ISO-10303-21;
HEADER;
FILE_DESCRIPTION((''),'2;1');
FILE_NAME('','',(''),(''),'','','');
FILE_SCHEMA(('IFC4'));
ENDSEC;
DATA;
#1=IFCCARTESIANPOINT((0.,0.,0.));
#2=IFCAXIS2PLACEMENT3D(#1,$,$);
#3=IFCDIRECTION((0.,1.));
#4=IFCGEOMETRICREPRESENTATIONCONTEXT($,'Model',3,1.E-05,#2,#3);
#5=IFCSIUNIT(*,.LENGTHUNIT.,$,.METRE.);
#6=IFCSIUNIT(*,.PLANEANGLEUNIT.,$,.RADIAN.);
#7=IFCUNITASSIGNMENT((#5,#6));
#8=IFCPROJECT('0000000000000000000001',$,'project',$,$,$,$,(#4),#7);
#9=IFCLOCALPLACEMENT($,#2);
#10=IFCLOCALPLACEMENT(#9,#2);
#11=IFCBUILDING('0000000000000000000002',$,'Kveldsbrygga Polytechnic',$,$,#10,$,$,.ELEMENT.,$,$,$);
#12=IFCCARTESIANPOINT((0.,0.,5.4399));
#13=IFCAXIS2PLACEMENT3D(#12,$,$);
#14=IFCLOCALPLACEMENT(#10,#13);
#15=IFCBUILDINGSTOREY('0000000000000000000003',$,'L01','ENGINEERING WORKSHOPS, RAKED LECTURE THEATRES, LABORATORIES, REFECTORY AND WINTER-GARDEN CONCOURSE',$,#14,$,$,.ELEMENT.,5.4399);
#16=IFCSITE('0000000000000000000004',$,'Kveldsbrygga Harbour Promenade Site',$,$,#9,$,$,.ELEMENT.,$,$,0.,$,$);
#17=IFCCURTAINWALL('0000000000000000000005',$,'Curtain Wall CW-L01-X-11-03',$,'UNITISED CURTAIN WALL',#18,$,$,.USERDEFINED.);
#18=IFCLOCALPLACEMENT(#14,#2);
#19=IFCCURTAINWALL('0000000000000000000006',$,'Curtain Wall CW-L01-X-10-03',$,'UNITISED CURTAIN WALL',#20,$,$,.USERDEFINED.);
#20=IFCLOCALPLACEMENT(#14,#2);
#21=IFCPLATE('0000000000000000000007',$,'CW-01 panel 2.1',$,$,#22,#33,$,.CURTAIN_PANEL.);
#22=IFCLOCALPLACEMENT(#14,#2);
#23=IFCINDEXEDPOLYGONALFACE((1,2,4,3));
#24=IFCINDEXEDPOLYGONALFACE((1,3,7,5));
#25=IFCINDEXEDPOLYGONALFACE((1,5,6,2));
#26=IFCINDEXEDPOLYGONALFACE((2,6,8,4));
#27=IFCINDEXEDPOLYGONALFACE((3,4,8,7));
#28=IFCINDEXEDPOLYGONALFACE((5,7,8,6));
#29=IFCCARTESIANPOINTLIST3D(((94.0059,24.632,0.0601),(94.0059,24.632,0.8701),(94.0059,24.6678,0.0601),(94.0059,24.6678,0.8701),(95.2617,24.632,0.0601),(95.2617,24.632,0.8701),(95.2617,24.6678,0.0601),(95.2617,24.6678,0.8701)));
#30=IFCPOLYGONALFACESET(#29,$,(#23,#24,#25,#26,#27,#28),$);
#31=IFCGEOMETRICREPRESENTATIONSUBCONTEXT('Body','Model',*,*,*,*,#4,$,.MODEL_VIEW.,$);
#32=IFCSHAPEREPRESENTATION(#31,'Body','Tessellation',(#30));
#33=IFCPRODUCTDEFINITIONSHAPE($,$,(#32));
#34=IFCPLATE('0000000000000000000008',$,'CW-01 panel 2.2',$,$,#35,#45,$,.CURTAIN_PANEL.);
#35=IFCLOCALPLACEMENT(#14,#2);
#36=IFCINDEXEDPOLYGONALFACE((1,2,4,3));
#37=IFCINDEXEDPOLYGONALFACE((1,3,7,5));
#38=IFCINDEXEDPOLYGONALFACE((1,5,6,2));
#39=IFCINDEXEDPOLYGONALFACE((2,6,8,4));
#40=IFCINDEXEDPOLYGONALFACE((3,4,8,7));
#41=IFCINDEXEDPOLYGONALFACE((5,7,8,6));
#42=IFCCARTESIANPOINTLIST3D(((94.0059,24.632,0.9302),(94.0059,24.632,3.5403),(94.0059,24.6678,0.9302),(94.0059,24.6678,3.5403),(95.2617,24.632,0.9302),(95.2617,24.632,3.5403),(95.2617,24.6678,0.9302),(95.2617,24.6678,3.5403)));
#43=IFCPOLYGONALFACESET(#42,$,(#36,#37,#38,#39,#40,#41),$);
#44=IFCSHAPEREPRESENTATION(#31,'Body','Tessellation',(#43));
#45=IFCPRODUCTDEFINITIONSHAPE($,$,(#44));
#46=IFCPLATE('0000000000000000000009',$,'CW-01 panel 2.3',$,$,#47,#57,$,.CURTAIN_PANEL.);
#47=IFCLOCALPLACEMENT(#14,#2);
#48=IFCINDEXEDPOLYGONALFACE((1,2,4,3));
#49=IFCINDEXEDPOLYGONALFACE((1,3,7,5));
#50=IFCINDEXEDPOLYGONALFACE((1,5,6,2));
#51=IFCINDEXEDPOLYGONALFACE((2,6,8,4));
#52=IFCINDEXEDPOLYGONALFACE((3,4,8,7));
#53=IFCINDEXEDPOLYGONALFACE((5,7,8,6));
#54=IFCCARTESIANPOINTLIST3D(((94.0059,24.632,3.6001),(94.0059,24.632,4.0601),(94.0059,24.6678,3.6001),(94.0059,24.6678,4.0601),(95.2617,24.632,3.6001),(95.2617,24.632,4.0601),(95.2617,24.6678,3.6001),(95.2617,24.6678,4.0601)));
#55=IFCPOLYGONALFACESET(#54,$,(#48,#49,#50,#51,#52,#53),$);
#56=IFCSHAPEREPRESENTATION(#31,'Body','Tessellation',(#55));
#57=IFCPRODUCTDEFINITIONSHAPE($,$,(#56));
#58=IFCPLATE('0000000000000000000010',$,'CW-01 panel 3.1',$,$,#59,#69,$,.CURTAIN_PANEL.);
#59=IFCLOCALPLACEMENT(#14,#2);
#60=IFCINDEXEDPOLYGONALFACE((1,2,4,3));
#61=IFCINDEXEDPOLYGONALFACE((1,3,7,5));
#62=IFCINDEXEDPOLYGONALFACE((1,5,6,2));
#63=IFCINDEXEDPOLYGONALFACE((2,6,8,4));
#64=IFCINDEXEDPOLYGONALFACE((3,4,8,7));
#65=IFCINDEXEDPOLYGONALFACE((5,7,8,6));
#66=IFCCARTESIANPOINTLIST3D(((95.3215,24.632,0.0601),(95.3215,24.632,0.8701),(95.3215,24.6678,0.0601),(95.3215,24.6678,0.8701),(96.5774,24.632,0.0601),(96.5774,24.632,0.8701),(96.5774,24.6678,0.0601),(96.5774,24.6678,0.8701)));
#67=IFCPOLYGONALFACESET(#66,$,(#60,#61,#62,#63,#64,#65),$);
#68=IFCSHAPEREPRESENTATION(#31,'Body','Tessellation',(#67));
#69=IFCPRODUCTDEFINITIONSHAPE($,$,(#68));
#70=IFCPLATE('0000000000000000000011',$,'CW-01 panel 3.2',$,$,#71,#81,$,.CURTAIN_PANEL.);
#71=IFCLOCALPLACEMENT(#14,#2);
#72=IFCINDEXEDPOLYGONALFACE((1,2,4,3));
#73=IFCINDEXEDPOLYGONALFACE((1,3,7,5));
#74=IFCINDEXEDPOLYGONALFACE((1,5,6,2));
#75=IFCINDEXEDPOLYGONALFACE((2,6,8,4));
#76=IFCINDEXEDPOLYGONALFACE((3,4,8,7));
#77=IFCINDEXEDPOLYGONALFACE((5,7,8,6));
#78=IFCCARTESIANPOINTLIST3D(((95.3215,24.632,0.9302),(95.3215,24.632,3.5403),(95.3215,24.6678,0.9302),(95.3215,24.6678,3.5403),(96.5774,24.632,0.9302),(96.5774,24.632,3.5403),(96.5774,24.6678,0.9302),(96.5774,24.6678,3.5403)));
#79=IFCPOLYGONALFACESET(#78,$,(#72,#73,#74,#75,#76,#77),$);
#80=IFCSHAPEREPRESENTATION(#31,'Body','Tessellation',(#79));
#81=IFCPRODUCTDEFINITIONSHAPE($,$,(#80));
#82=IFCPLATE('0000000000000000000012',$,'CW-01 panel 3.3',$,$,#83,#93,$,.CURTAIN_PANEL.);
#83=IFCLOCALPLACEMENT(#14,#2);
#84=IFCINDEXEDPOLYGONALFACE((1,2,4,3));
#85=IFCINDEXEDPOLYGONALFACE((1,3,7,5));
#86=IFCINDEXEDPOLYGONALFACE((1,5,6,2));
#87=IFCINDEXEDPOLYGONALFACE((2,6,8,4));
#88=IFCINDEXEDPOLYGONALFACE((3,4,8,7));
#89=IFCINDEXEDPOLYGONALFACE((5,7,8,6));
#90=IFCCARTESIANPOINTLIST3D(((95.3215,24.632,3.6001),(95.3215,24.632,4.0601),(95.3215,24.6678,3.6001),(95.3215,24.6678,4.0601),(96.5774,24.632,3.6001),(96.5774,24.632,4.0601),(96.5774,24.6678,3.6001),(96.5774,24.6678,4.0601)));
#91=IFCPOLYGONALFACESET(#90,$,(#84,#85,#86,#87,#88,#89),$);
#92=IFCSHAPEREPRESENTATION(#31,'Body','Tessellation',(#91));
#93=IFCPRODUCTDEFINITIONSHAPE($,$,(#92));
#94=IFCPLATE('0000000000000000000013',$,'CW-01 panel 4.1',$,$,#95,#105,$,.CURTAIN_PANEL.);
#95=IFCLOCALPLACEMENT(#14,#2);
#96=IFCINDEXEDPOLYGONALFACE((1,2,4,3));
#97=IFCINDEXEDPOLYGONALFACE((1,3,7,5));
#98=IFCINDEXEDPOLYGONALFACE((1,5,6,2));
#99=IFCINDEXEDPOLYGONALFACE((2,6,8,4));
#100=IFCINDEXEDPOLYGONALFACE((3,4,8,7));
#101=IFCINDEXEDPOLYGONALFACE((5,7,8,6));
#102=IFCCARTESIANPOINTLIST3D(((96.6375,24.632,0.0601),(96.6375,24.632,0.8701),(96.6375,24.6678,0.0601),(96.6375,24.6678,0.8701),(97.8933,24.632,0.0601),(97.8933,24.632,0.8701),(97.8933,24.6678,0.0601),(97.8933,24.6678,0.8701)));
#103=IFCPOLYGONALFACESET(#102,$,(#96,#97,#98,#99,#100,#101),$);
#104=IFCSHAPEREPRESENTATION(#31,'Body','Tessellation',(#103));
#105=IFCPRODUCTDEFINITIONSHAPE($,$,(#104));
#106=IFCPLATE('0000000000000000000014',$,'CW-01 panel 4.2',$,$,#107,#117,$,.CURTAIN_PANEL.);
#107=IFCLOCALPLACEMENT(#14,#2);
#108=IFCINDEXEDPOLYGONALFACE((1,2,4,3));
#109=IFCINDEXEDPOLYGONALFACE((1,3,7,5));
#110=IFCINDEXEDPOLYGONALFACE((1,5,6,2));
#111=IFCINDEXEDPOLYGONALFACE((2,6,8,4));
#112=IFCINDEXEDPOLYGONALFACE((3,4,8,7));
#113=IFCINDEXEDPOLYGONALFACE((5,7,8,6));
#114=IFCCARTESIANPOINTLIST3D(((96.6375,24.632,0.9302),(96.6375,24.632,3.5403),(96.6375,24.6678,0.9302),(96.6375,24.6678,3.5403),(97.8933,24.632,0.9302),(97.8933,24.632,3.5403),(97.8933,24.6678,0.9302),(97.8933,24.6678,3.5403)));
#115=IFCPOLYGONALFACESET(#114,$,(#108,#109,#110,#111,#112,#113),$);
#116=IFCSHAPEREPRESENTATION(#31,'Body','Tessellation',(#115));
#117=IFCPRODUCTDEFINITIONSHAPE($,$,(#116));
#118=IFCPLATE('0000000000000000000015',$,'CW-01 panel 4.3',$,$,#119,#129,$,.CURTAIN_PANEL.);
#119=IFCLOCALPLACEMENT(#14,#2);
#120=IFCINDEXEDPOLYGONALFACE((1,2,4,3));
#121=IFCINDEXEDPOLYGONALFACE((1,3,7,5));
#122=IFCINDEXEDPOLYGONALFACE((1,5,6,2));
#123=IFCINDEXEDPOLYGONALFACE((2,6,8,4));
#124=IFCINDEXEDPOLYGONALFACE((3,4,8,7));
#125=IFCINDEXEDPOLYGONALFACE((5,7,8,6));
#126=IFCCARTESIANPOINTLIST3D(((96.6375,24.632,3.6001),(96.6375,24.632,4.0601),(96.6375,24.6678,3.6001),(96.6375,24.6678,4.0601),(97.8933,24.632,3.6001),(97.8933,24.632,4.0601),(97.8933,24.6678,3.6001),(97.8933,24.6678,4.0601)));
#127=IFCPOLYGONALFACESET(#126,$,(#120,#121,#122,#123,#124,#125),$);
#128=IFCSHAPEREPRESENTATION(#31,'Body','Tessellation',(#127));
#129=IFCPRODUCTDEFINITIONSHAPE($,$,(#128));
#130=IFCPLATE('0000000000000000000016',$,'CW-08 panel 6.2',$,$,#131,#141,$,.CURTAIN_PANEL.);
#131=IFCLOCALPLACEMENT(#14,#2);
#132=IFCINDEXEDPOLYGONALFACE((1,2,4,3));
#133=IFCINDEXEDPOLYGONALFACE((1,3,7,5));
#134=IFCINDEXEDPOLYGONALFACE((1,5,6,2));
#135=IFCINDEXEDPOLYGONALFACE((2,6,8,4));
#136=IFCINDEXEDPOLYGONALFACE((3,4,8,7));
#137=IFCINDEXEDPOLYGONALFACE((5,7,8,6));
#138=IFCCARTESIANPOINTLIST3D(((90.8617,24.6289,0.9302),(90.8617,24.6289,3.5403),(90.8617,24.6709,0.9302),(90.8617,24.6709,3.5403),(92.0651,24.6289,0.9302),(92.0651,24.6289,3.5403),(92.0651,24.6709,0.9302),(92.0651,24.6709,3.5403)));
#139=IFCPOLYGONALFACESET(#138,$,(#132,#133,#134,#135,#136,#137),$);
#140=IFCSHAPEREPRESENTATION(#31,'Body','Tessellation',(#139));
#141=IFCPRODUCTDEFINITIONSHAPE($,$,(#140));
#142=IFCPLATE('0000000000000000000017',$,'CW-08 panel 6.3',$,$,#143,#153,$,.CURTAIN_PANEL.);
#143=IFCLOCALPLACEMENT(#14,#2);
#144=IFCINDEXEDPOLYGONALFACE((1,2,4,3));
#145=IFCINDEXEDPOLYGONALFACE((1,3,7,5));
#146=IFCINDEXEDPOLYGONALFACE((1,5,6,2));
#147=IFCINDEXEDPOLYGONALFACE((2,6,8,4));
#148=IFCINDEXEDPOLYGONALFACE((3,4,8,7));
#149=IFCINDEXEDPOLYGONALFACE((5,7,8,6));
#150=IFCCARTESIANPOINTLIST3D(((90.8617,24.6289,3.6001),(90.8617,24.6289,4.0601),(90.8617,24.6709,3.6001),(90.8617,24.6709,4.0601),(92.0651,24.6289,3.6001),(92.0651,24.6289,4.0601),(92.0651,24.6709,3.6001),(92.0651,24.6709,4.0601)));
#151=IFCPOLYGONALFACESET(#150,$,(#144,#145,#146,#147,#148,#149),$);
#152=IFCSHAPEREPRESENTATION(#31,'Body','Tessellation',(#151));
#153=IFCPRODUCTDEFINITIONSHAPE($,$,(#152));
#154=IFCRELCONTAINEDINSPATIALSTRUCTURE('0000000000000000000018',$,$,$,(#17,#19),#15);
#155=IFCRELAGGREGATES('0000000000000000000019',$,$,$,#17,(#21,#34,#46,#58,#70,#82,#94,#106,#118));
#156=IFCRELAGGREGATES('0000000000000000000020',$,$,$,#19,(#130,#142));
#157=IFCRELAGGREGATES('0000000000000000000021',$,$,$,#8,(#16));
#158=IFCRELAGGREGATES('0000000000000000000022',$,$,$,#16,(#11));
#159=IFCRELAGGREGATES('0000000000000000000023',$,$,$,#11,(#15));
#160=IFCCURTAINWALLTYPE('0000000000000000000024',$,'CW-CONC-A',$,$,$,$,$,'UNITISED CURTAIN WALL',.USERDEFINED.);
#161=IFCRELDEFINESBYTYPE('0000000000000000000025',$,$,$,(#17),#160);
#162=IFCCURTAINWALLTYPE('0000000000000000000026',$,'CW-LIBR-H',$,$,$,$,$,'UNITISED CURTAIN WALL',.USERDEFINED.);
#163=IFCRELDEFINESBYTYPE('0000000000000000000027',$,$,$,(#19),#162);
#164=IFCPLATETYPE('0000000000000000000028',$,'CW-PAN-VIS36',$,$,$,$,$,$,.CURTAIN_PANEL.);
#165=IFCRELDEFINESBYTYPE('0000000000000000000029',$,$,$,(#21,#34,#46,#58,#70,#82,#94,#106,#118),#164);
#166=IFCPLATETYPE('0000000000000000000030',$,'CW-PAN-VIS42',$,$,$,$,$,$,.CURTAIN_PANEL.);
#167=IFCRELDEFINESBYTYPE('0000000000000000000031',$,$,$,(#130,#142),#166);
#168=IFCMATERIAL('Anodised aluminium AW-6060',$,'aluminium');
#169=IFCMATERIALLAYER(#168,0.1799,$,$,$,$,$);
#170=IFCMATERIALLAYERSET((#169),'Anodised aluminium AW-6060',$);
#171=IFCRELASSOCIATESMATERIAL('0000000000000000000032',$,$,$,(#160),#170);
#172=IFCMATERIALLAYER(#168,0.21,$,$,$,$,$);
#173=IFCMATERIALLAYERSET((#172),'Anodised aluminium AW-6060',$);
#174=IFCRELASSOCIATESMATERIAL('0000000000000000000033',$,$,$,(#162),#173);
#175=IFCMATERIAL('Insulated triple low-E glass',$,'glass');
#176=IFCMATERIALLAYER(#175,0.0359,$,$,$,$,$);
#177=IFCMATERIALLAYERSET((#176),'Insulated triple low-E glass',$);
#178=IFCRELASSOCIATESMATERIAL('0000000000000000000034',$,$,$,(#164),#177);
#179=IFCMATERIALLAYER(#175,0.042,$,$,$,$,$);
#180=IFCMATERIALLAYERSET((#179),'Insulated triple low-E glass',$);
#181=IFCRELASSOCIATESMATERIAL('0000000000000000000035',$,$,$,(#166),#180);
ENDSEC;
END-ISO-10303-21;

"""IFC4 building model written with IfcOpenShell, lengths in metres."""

from ifc_helpers import new_model, si_unit, direction, frame, origin, origin_2d, place, context, subcontext, project, spatial, rectangle, extrude, material, layer, layer_set, type_object, element, aggregate, save


model = new_model("IFC4")

# Units and contexts
model_context = context("Model", 3, precision=1e-05, world=origin(), true_north=direction((0.0, 1.0)))
body_context = subcontext(model_context, "Body", "Model", "MODEL_VIEW")
ifc_project = project(units=[si_unit("LENGTHUNIT", "METRE"), si_unit("PLANEANGLEUNIT", "RADIAN")], contexts=[model_context])

# Site, building, storey
site_placement = place(None, origin())
site = spatial("IfcSite", under=ifc_project, at=site_placement, Name="Kveldsbrygga Harbour Promenade Site", CompositionType="ELEMENT", RefElevation=0.0)
building_placement = place(site_placement, origin())
building = spatial("IfcBuilding", under=site, at=building_placement, Name="Kveldsbrygga Polytechnic", CompositionType="ELEMENT")
storey_placement = place(building_placement, frame((0.0, 0.0, 5.4399)))
storey = spatial("IfcBuildingStorey", under=building, at=storey_placement, Name="L01", Description="ENGINEERING WORKSHOPS, RAKED LECTURE THEATRES, LABORATORIES, REFECTORY AND WINTER-GARDEN CONCOURSE", CompositionType="ELEMENT", Elevation=5.4399)

# Curtain wall
ifc_material_1 = material(Name="Anodised aluminium AW-6060", Category="aluminium")
ifc_layer_1 = layer(ifc_material_1, 0.1799)
ifc_layer_set_1 = layer_set([ifc_layer_1], Name="Anodised aluminium AW-6060")
curtain_wall_type_1 = type_object("IfcCurtainWallType", Name="CW-CONC-A", ElementType="UNITISED CURTAIN WALL", PredefinedType="USERDEFINED", material=ifc_layer_set_1)
curtain_wall_1_placement = place(storey_placement, origin())
curtain_wall_1 = element("IfcCurtainWall", 1, at=curtain_wall_1_placement, inside=storey, type_object=curtain_wall_type_1, Name="Curtain Wall CW-L01-X-11-03", ObjectType="UNITISED CURTAIN WALL", PredefinedType="USERDEFINED")

# Curtain wall
ifc_layer_2 = layer(ifc_material_1, 0.21)
ifc_layer_set_2 = layer_set([ifc_layer_2], Name="Anodised aluminium AW-6060")
curtain_wall_type_2 = type_object("IfcCurtainWallType", Name="CW-LIBR-H", ElementType="UNITISED CURTAIN WALL", PredefinedType="USERDEFINED", material=ifc_layer_set_2)
curtain_wall_2_placement = place(storey_placement, origin())
curtain_wall_2 = element("IfcCurtainWall", 2, at=curtain_wall_2_placement, inside=storey, type_object=curtain_wall_type_2, Name="Curtain Wall CW-L01-X-10-03", ObjectType="UNITISED CURTAIN WALL", PredefinedType="USERDEFINED")

# Plates
ifc_material_2 = material(Name="Insulated triple low-E glass", Category="glass")
ifc_layer_3 = layer(ifc_material_2, 0.0359)
ifc_layer_set_3 = layer_set([ifc_layer_3], Name="Insulated triple low-E glass")
plate_type_1 = type_object("IfcPlateType", Name="CW-PAN-VIS36", PredefinedType="CURTAIN_PANEL", material=ifc_layer_set_3)
plate_1_placement = place(storey_placement, frame((94.6338, 24.6499, 0.0601), z_axis=(0.0, 0.0, 1.0), x_axis=(1.0, 0.0, 0.0)))
plate_1 = element("IfcPlate", 3, at=plate_1_placement, type_object=plate_type_1, Name="CW-01 panel 2.1", PredefinedType="CURTAIN_PANEL", context=body_context, shape_type="SweptSolid", body=[
    extrude(rectangle(XDim=1.2559, YDim=0.0359, at=origin_2d()), origin(), (0.0, 0.0, 1.0), 0.8101),
])
plate_2_placement = place(storey_placement, frame((94.6338, 24.6499, 0.9302), z_axis=(0.0, 0.0, 1.0), x_axis=(1.0, 0.0, 0.0)))
plate_2 = element("IfcPlate", 4, at=plate_2_placement, type_object=plate_type_1, Name="CW-01 panel 2.2", PredefinedType="CURTAIN_PANEL", context=body_context, shape_type="SweptSolid", body=[
    extrude(rectangle(XDim=1.2559, YDim=0.0359, at=origin_2d()), origin(), (0.0, 0.0, 1.0), 2.6101),
])
plate_3_placement = place(storey_placement, frame((94.6338, 24.6499, 3.6001), z_axis=(0.0, 0.0, 1.0), x_axis=(1.0, 0.0, 0.0)))
plate_3 = element("IfcPlate", 5, at=plate_3_placement, type_object=plate_type_1, Name="CW-01 panel 2.3", PredefinedType="CURTAIN_PANEL", context=body_context, shape_type="SweptSolid", body=[
    extrude(rectangle(XDim=1.2559, YDim=0.0359, at=origin_2d()), origin(), (0.0, 0.0, 1.0), 0.46),
])
plate_4_placement = place(storey_placement, frame((95.9495, 24.6499, 0.0601), z_axis=(0.0, 0.0, 1.0), x_axis=(1.0, 0.0, 0.0)))
plate_4 = element("IfcPlate", 6, at=plate_4_placement, type_object=plate_type_1, Name="CW-01 panel 3.1", PredefinedType="CURTAIN_PANEL", context=body_context, shape_type="SweptSolid", body=[
    extrude(rectangle(XDim=1.2559, YDim=0.0359, at=origin_2d()), origin(), (0.0, 0.0, 1.0), 0.8101),
])
plate_5_placement = place(storey_placement, frame((95.9495, 24.6499, 0.9302), z_axis=(0.0, 0.0, 1.0), x_axis=(1.0, 0.0, 0.0)))
plate_5 = element("IfcPlate", 7, at=plate_5_placement, type_object=plate_type_1, Name="CW-01 panel 3.2", PredefinedType="CURTAIN_PANEL", context=body_context, shape_type="SweptSolid", body=[
    extrude(rectangle(XDim=1.2559, YDim=0.0359, at=origin_2d()), origin(), (0.0, 0.0, 1.0), 2.6101),
])
plate_6_placement = place(storey_placement, frame((95.9495, 24.6499, 3.6001), z_axis=(0.0, 0.0, 1.0), x_axis=(1.0, 0.0, 0.0)))
plate_6 = element("IfcPlate", 8, at=plate_6_placement, type_object=plate_type_1, Name="CW-01 panel 3.3", PredefinedType="CURTAIN_PANEL", context=body_context, shape_type="SweptSolid", body=[
    extrude(rectangle(XDim=1.2559, YDim=0.0359, at=origin_2d()), origin(), (0.0, 0.0, 1.0), 0.46),
])
plate_7_placement = place(storey_placement, frame((97.2654, 24.6499, 0.0601), z_axis=(0.0, 0.0, 1.0), x_axis=(1.0, 0.0, 0.0)))
plate_7 = element("IfcPlate", 9, at=plate_7_placement, type_object=plate_type_1, Name="CW-01 panel 4.1", PredefinedType="CURTAIN_PANEL", context=body_context, shape_type="SweptSolid", body=[
    extrude(rectangle(XDim=1.2559, YDim=0.0359, at=origin_2d()), origin(), (0.0, 0.0, 1.0), 0.8101),
])
plate_8_placement = place(storey_placement, frame((97.2654, 24.6499, 0.9302), z_axis=(0.0, 0.0, 1.0), x_axis=(1.0, 0.0, 0.0)))
plate_8 = element("IfcPlate", 10, at=plate_8_placement, type_object=plate_type_1, Name="CW-01 panel 4.2", PredefinedType="CURTAIN_PANEL", context=body_context, shape_type="SweptSolid", body=[
    extrude(rectangle(XDim=1.2559, YDim=0.0359, at=origin_2d()), origin(), (0.0, 0.0, 1.0), 2.6101),
])
plate_9_placement = place(storey_placement, frame((97.2654, 24.6499, 3.6001), z_axis=(0.0, 0.0, 1.0), x_axis=(1.0, 0.0, 0.0)))
plate_9 = element("IfcPlate", 11, at=plate_9_placement, type_object=plate_type_1, Name="CW-01 panel 4.3", PredefinedType="CURTAIN_PANEL", context=body_context, shape_type="SweptSolid", body=[
    extrude(rectangle(XDim=1.2559, YDim=0.0359, at=origin_2d()), origin(), (0.0, 0.0, 1.0), 0.46),
])
aggregate(curtain_wall_1, [plate_1, plate_2, plate_3, plate_4, plate_5, plate_6, plate_7, plate_8, plate_9])
ifc_layer_4 = layer(ifc_material_2, 0.042)
ifc_layer_set_4 = layer_set([ifc_layer_4], Name="Insulated triple low-E glass")
plate_type_2 = type_object("IfcPlateType", Name="CW-PAN-VIS42", PredefinedType="CURTAIN_PANEL", material=ifc_layer_set_4)
plate_10_placement = place(storey_placement, frame((91.4634, 24.6499, 0.9302), z_axis=(0.0, 0.0, 1.0), x_axis=(1.0, 0.0, 0.0)))
plate_10 = element("IfcPlate", 12, at=plate_10_placement, type_object=plate_type_2, Name="CW-08 panel 6.2", PredefinedType="CURTAIN_PANEL", context=body_context, shape_type="SweptSolid", body=[
    extrude(rectangle(XDim=1.2034, YDim=0.042, at=origin_2d()), origin(), (0.0, 0.0, 1.0), 2.6101),
])
plate_11_placement = place(storey_placement, frame((91.4634, 24.6499, 3.6001), z_axis=(0.0, 0.0, 1.0), x_axis=(1.0, 0.0, 0.0)))
plate_11 = element("IfcPlate", 13, at=plate_11_placement, type_object=plate_type_2, Name="CW-08 panel 6.3", PredefinedType="CURTAIN_PANEL", context=body_context, shape_type="SweptSolid", body=[
    extrude(rectangle(XDim=1.2034, YDim=0.042, at=origin_2d()), origin(), (0.0, 0.0, 1.0), 0.46),
])
aggregate(curtain_wall_2, [plate_10, plate_11])

save(model, "model.ifc")
